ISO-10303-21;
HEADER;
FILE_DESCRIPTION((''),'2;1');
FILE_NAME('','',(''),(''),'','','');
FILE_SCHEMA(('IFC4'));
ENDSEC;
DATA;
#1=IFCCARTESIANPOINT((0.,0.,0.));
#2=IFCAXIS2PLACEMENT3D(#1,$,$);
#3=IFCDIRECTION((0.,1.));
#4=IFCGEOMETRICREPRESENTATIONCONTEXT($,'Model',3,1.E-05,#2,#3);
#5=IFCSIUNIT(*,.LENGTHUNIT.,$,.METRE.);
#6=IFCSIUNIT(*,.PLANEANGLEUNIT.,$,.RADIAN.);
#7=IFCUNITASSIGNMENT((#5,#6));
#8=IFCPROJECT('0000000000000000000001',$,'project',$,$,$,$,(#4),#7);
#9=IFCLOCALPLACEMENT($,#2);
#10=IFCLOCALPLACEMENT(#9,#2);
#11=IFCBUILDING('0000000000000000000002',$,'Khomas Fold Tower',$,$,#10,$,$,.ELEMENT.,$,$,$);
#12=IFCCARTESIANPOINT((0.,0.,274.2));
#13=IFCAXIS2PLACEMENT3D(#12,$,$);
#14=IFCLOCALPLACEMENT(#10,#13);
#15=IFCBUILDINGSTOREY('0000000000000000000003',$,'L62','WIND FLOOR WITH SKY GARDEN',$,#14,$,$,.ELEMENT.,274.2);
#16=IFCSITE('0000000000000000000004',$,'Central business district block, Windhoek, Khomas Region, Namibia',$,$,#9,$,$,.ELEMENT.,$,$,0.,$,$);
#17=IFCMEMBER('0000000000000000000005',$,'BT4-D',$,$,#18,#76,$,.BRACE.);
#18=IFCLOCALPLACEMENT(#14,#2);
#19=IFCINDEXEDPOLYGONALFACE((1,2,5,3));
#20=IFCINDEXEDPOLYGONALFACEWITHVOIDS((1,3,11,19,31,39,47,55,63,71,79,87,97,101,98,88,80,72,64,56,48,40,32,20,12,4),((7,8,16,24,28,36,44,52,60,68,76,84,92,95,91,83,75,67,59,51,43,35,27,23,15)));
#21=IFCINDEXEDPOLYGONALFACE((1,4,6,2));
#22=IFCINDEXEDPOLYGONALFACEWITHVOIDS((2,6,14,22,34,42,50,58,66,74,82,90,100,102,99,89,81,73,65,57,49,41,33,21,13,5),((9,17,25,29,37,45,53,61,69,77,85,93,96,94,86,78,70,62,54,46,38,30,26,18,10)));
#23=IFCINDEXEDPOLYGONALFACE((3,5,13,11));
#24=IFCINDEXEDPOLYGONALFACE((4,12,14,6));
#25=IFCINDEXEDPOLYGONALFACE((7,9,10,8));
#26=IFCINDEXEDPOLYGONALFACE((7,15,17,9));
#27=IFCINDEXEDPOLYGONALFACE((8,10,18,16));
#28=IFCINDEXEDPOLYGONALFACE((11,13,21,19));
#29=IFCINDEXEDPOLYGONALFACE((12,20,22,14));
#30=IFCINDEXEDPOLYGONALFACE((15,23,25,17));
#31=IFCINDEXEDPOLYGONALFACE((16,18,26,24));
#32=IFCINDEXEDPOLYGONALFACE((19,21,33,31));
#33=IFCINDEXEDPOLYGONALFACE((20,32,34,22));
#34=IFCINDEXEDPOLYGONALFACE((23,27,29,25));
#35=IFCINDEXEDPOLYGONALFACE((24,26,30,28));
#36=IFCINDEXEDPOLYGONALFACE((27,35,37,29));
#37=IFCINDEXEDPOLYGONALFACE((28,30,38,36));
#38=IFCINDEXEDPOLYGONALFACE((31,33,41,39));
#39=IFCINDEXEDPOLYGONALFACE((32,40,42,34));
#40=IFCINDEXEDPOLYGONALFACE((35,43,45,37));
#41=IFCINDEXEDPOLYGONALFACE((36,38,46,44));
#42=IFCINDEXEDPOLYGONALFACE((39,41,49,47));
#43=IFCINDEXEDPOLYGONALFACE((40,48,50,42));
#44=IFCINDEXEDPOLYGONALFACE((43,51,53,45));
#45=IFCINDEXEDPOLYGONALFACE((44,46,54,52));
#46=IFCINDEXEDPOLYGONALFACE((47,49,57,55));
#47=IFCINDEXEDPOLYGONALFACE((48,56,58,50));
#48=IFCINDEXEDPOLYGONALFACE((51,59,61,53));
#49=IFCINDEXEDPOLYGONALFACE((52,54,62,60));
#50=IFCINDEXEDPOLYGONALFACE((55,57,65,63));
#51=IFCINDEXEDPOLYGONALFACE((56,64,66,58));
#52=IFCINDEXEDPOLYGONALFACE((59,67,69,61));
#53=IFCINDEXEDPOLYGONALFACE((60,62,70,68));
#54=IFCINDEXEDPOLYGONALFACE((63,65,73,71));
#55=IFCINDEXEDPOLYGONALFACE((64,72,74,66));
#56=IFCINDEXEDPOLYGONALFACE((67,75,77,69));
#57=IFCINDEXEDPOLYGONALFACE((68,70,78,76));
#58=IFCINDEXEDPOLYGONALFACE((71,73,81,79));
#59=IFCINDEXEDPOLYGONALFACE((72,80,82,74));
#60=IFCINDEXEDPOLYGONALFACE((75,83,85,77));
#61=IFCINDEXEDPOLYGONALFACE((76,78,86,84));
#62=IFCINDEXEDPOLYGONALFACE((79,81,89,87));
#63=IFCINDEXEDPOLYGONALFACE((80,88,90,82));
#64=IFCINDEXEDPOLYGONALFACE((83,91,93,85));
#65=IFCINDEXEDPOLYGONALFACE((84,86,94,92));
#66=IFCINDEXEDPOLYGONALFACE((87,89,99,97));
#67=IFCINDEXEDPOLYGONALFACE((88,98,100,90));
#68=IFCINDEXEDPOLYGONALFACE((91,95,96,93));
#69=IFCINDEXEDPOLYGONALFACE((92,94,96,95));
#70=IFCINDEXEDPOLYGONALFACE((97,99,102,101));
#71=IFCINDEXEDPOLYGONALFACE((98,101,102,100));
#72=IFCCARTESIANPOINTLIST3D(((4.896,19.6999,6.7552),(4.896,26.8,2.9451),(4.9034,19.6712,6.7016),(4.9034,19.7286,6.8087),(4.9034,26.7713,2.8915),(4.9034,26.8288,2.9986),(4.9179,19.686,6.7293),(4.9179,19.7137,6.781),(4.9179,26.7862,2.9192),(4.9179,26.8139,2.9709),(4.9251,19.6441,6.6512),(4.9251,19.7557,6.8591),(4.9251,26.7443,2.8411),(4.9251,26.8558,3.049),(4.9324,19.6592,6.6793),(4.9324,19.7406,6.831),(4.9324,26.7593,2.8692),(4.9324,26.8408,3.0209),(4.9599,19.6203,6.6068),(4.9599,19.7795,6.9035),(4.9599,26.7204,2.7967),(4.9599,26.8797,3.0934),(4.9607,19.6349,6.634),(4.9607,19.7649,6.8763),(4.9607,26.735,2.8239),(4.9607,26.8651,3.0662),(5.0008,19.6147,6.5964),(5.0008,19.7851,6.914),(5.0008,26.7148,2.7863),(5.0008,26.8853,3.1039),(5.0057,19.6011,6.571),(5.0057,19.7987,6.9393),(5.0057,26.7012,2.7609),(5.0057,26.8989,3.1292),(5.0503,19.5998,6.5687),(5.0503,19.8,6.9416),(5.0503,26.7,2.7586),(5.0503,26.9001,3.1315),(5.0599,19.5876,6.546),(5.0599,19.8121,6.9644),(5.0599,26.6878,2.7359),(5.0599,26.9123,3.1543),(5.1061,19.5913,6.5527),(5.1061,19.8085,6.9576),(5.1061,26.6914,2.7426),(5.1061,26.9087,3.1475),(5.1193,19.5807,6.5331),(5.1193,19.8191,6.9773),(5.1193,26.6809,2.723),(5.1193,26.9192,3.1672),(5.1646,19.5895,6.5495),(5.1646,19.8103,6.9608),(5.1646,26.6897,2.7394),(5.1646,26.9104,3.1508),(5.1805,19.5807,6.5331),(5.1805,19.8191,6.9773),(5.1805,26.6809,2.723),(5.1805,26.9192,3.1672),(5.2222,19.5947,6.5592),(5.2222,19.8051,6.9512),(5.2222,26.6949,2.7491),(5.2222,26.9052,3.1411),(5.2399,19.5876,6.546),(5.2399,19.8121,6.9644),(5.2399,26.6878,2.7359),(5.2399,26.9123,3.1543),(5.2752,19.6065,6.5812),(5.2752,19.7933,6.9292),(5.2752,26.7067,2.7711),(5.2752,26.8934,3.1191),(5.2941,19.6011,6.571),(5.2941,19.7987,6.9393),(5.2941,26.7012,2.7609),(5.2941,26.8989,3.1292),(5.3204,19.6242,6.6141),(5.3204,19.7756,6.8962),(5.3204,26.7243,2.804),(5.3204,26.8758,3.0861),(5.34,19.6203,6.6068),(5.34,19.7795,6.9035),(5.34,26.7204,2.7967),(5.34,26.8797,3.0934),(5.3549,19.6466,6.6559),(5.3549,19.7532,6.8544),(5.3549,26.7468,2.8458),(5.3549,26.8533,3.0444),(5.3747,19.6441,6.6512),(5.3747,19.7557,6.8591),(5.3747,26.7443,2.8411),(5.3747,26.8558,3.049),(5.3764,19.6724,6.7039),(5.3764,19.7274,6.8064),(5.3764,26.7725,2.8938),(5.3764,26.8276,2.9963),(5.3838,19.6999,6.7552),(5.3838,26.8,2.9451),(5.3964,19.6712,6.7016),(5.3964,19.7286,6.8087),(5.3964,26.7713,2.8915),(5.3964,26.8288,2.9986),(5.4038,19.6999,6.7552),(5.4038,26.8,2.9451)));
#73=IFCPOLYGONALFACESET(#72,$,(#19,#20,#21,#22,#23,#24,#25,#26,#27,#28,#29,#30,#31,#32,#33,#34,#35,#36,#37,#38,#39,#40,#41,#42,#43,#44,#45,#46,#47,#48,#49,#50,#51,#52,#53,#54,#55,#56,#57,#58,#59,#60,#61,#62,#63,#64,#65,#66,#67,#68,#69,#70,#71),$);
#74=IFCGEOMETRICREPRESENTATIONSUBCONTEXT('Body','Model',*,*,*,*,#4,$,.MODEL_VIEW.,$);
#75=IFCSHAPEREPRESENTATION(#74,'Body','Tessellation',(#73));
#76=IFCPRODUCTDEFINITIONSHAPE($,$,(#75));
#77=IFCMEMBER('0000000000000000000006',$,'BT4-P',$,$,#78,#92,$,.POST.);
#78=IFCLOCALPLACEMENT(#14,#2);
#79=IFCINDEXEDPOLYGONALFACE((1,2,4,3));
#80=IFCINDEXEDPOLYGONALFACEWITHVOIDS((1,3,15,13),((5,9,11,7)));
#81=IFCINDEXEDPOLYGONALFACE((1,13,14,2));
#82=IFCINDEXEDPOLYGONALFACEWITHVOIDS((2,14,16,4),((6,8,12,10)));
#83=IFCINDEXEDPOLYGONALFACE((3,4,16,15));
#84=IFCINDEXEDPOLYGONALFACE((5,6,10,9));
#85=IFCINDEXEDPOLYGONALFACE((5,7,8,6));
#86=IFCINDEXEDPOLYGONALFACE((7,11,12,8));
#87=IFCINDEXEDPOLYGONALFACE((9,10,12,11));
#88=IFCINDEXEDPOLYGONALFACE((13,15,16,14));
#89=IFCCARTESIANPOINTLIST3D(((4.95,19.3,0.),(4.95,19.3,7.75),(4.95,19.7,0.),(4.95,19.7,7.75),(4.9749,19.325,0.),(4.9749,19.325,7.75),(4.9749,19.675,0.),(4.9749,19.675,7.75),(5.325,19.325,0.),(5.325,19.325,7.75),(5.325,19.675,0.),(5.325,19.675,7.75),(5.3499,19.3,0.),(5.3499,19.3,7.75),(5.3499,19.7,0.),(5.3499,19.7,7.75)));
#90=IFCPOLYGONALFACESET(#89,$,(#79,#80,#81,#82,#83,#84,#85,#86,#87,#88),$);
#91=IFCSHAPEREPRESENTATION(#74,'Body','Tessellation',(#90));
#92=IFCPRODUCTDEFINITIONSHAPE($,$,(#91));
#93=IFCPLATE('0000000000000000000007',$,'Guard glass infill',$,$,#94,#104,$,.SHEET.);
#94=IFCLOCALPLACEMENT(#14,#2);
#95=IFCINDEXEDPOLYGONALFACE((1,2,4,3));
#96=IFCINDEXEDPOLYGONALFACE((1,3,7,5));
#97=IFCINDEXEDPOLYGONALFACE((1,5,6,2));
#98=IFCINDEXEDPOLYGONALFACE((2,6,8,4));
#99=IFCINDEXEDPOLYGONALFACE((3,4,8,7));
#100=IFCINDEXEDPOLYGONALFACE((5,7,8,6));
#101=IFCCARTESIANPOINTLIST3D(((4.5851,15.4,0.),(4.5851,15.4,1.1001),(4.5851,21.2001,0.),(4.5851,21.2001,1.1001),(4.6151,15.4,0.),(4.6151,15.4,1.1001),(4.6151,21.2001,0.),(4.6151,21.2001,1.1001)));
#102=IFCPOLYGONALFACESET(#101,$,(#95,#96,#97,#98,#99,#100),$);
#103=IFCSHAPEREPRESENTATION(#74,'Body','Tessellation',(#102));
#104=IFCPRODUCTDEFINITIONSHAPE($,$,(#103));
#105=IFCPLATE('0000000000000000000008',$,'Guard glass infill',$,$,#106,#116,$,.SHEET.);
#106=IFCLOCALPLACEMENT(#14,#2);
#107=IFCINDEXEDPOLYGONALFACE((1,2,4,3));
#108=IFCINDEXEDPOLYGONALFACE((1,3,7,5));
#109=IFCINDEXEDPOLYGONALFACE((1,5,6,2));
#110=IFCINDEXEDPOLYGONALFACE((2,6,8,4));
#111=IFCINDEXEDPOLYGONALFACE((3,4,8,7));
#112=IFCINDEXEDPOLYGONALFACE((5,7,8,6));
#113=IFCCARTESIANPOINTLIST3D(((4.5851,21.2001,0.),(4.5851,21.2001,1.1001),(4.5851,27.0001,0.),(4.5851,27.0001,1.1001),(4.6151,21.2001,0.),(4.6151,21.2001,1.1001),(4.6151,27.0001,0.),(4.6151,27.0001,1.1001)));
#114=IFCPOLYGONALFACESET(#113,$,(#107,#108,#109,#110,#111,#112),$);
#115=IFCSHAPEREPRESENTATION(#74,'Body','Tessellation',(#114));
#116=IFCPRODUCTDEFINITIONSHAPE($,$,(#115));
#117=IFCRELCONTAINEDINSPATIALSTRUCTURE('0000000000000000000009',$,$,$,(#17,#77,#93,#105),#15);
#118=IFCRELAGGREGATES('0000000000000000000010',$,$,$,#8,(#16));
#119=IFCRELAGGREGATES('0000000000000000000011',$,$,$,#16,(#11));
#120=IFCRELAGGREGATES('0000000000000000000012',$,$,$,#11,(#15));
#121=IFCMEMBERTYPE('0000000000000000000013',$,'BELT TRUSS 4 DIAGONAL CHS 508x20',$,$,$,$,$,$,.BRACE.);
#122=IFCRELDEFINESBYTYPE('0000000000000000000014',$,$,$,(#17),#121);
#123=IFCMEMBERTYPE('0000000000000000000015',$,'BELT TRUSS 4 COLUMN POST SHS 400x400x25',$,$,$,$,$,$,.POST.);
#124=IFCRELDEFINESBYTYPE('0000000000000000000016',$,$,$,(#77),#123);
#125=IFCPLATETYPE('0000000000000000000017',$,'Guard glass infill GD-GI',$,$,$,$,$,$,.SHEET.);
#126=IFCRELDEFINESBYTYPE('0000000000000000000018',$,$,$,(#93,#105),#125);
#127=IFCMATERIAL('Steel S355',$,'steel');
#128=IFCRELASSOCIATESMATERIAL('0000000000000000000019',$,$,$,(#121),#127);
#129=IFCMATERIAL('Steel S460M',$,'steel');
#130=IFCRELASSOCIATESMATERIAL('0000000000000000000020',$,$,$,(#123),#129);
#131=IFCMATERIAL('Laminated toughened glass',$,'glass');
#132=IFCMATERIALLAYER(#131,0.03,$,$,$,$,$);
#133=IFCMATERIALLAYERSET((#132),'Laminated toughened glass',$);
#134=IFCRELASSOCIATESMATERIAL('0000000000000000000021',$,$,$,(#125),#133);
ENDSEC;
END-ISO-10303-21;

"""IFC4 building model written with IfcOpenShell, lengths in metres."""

from ifc_helpers import new_model, si_unit, direction, frame, origin, origin_2d, place, context, subcontext, project, spatial, rectangle, hollow_rectangle, hollow_circle, extrude, source, transform, mapped, material, layer, layer_set, material_profile, profile_set, type_object, element, save


model = new_model("IFC4")

# Units and contexts
model_context = context("Model", 3, precision=1e-05, world=origin(), true_north=direction((0.0, 1.0)))
body_context = subcontext(model_context, "Body", "Model", "MODEL_VIEW")
ifc_project = project(units=[si_unit("LENGTHUNIT", "METRE"), si_unit("PLANEANGLEUNIT", "RADIAN")], contexts=[model_context])

# Site, building, storey
site_placement = place(None, origin())
site = spatial("IfcSite", under=ifc_project, at=site_placement, Name="Central business district block, Windhoek, Khomas Region, Namibia", CompositionType="ELEMENT", RefElevation=0.0)
building_placement = place(site_placement, origin())
building = spatial("IfcBuilding", under=site, at=building_placement, Name="Khomas Fold Tower", CompositionType="ELEMENT")
storey_placement = place(building_placement, frame((0.0, 0.0, 274.2)))
storey = spatial("IfcBuildingStorey", under=building, at=storey_placement, Name="L62", Description="WIND FLOOR WITH SKY GARDEN", CompositionType="ELEMENT", Elevation=274.2)

# Members
ifc_material_1 = material(Name="Steel S355", Category="steel")
ifc_material_profile_1 = material_profile(ifc_material_1, hollow_circle(Radius=0.2539, WallThickness=0.02, at=origin_2d()), Name="CHS 508x20")
ifc_profile_set_1 = profile_set([ifc_material_profile_1], Name="Steel S355")
member_type_1 = type_object("IfcMemberType", Name="BELT TRUSS 4 DIAGONAL CHS 508x20", PredefinedType="BRACE", material=ifc_profile_set_1)
shared_shape_1 = source(origin(), body_context, "Body", "SweptSolid", [
    extrude(hollow_circle(Radius=0.2539, WallThickness=0.02, at=origin_2d()), origin(), (0.0, 0.0, 1.0), 8.0579),
])
member_1_placement = place(storey_placement, frame((5.1499, 26.8, 2.9451), z_axis=(0.0, -0.881147, 0.472842), x_axis=(1.0, 0.0, 0.0)))
element("IfcMember", 1, at=member_1_placement, inside=storey, type_object=member_type_1, Name="BT4-D", PredefinedType="BRACE", context=body_context, shape_type="MappedRepresentation", body=[
    mapped(shared_shape_1, transform((0.0, 0.0, 0.0))),
])
ifc_material_2 = material(Name="Steel S460M", Category="steel")
ifc_material_profile_2 = material_profile(ifc_material_2, hollow_rectangle(XDim=0.3999, YDim=0.3999, WallThickness=0.0249, at=origin_2d()), Name="SHS 400x400x25")
ifc_profile_set_2 = profile_set([ifc_material_profile_2], Name="Steel S460M")
member_type_2 = type_object("IfcMemberType", Name="BELT TRUSS 4 COLUMN POST SHS 400x400x25", PredefinedType="POST", material=ifc_profile_set_2)
shared_shape_2 = source(origin(), body_context, "Body", "SweptSolid", [
    extrude(hollow_rectangle(XDim=0.3999, YDim=0.3999, WallThickness=0.0249, at=origin_2d()), origin(), (0.0, 0.0, 1.0), 7.75),
])
member_2_placement = place(storey_placement, frame((5.1499, 19.5, 0.0), z_axis=(0.0, 0.0, 1.0), x_axis=(1.0, 0.0, 0.0)))
element("IfcMember", 2, at=member_2_placement, inside=storey, type_object=member_type_2, Name="BT4-P", PredefinedType="POST", context=body_context, shape_type="MappedRepresentation", body=[
    mapped(shared_shape_2, transform((0.0, 0.0, 0.0))),
])

# Plates
ifc_material_3 = material(Name="Laminated toughened glass", Category="glass")
ifc_layer_1 = layer(ifc_material_3, 0.03)
ifc_layer_set_1 = layer_set([ifc_layer_1], Name="Laminated toughened glass")
plate_type = type_object("IfcPlateType", Name="Guard glass infill GD-GI", PredefinedType="SHEET", material=ifc_layer_set_1)
shared_shape_3 = source(origin(), body_context, "Body", "SweptSolid", [
    extrude(rectangle(XDim=5.8, YDim=0.03, at=origin_2d()), origin(), (0.0, 0.0, 1.0), 1.1001),
])
for number, where, z_axis, x_axis, name in (
    (3, (4.6001, 18.3, 0.0), (0.0, 0.0, 1.0), (0.0, 1.0, 0.0), "Guard glass infill"),
    (4, (4.6001, 24.1001, 0.0), (0.0, 0.0, 1.0), (0.0, 1.0, 0.0), "Guard glass infill"),
):
    element("IfcPlate", number, at=place(storey_placement, frame(where, z_axis=z_axis, x_axis=x_axis)), inside=storey, type_object=plate_type, Name=name, PredefinedType="SHEET", context=body_context, shape_type="MappedRepresentation", body=[
        mapped(shared_shape_3, transform((0.0, 0.0, 0.0))),
    ])

save(model, "model.ifc")
